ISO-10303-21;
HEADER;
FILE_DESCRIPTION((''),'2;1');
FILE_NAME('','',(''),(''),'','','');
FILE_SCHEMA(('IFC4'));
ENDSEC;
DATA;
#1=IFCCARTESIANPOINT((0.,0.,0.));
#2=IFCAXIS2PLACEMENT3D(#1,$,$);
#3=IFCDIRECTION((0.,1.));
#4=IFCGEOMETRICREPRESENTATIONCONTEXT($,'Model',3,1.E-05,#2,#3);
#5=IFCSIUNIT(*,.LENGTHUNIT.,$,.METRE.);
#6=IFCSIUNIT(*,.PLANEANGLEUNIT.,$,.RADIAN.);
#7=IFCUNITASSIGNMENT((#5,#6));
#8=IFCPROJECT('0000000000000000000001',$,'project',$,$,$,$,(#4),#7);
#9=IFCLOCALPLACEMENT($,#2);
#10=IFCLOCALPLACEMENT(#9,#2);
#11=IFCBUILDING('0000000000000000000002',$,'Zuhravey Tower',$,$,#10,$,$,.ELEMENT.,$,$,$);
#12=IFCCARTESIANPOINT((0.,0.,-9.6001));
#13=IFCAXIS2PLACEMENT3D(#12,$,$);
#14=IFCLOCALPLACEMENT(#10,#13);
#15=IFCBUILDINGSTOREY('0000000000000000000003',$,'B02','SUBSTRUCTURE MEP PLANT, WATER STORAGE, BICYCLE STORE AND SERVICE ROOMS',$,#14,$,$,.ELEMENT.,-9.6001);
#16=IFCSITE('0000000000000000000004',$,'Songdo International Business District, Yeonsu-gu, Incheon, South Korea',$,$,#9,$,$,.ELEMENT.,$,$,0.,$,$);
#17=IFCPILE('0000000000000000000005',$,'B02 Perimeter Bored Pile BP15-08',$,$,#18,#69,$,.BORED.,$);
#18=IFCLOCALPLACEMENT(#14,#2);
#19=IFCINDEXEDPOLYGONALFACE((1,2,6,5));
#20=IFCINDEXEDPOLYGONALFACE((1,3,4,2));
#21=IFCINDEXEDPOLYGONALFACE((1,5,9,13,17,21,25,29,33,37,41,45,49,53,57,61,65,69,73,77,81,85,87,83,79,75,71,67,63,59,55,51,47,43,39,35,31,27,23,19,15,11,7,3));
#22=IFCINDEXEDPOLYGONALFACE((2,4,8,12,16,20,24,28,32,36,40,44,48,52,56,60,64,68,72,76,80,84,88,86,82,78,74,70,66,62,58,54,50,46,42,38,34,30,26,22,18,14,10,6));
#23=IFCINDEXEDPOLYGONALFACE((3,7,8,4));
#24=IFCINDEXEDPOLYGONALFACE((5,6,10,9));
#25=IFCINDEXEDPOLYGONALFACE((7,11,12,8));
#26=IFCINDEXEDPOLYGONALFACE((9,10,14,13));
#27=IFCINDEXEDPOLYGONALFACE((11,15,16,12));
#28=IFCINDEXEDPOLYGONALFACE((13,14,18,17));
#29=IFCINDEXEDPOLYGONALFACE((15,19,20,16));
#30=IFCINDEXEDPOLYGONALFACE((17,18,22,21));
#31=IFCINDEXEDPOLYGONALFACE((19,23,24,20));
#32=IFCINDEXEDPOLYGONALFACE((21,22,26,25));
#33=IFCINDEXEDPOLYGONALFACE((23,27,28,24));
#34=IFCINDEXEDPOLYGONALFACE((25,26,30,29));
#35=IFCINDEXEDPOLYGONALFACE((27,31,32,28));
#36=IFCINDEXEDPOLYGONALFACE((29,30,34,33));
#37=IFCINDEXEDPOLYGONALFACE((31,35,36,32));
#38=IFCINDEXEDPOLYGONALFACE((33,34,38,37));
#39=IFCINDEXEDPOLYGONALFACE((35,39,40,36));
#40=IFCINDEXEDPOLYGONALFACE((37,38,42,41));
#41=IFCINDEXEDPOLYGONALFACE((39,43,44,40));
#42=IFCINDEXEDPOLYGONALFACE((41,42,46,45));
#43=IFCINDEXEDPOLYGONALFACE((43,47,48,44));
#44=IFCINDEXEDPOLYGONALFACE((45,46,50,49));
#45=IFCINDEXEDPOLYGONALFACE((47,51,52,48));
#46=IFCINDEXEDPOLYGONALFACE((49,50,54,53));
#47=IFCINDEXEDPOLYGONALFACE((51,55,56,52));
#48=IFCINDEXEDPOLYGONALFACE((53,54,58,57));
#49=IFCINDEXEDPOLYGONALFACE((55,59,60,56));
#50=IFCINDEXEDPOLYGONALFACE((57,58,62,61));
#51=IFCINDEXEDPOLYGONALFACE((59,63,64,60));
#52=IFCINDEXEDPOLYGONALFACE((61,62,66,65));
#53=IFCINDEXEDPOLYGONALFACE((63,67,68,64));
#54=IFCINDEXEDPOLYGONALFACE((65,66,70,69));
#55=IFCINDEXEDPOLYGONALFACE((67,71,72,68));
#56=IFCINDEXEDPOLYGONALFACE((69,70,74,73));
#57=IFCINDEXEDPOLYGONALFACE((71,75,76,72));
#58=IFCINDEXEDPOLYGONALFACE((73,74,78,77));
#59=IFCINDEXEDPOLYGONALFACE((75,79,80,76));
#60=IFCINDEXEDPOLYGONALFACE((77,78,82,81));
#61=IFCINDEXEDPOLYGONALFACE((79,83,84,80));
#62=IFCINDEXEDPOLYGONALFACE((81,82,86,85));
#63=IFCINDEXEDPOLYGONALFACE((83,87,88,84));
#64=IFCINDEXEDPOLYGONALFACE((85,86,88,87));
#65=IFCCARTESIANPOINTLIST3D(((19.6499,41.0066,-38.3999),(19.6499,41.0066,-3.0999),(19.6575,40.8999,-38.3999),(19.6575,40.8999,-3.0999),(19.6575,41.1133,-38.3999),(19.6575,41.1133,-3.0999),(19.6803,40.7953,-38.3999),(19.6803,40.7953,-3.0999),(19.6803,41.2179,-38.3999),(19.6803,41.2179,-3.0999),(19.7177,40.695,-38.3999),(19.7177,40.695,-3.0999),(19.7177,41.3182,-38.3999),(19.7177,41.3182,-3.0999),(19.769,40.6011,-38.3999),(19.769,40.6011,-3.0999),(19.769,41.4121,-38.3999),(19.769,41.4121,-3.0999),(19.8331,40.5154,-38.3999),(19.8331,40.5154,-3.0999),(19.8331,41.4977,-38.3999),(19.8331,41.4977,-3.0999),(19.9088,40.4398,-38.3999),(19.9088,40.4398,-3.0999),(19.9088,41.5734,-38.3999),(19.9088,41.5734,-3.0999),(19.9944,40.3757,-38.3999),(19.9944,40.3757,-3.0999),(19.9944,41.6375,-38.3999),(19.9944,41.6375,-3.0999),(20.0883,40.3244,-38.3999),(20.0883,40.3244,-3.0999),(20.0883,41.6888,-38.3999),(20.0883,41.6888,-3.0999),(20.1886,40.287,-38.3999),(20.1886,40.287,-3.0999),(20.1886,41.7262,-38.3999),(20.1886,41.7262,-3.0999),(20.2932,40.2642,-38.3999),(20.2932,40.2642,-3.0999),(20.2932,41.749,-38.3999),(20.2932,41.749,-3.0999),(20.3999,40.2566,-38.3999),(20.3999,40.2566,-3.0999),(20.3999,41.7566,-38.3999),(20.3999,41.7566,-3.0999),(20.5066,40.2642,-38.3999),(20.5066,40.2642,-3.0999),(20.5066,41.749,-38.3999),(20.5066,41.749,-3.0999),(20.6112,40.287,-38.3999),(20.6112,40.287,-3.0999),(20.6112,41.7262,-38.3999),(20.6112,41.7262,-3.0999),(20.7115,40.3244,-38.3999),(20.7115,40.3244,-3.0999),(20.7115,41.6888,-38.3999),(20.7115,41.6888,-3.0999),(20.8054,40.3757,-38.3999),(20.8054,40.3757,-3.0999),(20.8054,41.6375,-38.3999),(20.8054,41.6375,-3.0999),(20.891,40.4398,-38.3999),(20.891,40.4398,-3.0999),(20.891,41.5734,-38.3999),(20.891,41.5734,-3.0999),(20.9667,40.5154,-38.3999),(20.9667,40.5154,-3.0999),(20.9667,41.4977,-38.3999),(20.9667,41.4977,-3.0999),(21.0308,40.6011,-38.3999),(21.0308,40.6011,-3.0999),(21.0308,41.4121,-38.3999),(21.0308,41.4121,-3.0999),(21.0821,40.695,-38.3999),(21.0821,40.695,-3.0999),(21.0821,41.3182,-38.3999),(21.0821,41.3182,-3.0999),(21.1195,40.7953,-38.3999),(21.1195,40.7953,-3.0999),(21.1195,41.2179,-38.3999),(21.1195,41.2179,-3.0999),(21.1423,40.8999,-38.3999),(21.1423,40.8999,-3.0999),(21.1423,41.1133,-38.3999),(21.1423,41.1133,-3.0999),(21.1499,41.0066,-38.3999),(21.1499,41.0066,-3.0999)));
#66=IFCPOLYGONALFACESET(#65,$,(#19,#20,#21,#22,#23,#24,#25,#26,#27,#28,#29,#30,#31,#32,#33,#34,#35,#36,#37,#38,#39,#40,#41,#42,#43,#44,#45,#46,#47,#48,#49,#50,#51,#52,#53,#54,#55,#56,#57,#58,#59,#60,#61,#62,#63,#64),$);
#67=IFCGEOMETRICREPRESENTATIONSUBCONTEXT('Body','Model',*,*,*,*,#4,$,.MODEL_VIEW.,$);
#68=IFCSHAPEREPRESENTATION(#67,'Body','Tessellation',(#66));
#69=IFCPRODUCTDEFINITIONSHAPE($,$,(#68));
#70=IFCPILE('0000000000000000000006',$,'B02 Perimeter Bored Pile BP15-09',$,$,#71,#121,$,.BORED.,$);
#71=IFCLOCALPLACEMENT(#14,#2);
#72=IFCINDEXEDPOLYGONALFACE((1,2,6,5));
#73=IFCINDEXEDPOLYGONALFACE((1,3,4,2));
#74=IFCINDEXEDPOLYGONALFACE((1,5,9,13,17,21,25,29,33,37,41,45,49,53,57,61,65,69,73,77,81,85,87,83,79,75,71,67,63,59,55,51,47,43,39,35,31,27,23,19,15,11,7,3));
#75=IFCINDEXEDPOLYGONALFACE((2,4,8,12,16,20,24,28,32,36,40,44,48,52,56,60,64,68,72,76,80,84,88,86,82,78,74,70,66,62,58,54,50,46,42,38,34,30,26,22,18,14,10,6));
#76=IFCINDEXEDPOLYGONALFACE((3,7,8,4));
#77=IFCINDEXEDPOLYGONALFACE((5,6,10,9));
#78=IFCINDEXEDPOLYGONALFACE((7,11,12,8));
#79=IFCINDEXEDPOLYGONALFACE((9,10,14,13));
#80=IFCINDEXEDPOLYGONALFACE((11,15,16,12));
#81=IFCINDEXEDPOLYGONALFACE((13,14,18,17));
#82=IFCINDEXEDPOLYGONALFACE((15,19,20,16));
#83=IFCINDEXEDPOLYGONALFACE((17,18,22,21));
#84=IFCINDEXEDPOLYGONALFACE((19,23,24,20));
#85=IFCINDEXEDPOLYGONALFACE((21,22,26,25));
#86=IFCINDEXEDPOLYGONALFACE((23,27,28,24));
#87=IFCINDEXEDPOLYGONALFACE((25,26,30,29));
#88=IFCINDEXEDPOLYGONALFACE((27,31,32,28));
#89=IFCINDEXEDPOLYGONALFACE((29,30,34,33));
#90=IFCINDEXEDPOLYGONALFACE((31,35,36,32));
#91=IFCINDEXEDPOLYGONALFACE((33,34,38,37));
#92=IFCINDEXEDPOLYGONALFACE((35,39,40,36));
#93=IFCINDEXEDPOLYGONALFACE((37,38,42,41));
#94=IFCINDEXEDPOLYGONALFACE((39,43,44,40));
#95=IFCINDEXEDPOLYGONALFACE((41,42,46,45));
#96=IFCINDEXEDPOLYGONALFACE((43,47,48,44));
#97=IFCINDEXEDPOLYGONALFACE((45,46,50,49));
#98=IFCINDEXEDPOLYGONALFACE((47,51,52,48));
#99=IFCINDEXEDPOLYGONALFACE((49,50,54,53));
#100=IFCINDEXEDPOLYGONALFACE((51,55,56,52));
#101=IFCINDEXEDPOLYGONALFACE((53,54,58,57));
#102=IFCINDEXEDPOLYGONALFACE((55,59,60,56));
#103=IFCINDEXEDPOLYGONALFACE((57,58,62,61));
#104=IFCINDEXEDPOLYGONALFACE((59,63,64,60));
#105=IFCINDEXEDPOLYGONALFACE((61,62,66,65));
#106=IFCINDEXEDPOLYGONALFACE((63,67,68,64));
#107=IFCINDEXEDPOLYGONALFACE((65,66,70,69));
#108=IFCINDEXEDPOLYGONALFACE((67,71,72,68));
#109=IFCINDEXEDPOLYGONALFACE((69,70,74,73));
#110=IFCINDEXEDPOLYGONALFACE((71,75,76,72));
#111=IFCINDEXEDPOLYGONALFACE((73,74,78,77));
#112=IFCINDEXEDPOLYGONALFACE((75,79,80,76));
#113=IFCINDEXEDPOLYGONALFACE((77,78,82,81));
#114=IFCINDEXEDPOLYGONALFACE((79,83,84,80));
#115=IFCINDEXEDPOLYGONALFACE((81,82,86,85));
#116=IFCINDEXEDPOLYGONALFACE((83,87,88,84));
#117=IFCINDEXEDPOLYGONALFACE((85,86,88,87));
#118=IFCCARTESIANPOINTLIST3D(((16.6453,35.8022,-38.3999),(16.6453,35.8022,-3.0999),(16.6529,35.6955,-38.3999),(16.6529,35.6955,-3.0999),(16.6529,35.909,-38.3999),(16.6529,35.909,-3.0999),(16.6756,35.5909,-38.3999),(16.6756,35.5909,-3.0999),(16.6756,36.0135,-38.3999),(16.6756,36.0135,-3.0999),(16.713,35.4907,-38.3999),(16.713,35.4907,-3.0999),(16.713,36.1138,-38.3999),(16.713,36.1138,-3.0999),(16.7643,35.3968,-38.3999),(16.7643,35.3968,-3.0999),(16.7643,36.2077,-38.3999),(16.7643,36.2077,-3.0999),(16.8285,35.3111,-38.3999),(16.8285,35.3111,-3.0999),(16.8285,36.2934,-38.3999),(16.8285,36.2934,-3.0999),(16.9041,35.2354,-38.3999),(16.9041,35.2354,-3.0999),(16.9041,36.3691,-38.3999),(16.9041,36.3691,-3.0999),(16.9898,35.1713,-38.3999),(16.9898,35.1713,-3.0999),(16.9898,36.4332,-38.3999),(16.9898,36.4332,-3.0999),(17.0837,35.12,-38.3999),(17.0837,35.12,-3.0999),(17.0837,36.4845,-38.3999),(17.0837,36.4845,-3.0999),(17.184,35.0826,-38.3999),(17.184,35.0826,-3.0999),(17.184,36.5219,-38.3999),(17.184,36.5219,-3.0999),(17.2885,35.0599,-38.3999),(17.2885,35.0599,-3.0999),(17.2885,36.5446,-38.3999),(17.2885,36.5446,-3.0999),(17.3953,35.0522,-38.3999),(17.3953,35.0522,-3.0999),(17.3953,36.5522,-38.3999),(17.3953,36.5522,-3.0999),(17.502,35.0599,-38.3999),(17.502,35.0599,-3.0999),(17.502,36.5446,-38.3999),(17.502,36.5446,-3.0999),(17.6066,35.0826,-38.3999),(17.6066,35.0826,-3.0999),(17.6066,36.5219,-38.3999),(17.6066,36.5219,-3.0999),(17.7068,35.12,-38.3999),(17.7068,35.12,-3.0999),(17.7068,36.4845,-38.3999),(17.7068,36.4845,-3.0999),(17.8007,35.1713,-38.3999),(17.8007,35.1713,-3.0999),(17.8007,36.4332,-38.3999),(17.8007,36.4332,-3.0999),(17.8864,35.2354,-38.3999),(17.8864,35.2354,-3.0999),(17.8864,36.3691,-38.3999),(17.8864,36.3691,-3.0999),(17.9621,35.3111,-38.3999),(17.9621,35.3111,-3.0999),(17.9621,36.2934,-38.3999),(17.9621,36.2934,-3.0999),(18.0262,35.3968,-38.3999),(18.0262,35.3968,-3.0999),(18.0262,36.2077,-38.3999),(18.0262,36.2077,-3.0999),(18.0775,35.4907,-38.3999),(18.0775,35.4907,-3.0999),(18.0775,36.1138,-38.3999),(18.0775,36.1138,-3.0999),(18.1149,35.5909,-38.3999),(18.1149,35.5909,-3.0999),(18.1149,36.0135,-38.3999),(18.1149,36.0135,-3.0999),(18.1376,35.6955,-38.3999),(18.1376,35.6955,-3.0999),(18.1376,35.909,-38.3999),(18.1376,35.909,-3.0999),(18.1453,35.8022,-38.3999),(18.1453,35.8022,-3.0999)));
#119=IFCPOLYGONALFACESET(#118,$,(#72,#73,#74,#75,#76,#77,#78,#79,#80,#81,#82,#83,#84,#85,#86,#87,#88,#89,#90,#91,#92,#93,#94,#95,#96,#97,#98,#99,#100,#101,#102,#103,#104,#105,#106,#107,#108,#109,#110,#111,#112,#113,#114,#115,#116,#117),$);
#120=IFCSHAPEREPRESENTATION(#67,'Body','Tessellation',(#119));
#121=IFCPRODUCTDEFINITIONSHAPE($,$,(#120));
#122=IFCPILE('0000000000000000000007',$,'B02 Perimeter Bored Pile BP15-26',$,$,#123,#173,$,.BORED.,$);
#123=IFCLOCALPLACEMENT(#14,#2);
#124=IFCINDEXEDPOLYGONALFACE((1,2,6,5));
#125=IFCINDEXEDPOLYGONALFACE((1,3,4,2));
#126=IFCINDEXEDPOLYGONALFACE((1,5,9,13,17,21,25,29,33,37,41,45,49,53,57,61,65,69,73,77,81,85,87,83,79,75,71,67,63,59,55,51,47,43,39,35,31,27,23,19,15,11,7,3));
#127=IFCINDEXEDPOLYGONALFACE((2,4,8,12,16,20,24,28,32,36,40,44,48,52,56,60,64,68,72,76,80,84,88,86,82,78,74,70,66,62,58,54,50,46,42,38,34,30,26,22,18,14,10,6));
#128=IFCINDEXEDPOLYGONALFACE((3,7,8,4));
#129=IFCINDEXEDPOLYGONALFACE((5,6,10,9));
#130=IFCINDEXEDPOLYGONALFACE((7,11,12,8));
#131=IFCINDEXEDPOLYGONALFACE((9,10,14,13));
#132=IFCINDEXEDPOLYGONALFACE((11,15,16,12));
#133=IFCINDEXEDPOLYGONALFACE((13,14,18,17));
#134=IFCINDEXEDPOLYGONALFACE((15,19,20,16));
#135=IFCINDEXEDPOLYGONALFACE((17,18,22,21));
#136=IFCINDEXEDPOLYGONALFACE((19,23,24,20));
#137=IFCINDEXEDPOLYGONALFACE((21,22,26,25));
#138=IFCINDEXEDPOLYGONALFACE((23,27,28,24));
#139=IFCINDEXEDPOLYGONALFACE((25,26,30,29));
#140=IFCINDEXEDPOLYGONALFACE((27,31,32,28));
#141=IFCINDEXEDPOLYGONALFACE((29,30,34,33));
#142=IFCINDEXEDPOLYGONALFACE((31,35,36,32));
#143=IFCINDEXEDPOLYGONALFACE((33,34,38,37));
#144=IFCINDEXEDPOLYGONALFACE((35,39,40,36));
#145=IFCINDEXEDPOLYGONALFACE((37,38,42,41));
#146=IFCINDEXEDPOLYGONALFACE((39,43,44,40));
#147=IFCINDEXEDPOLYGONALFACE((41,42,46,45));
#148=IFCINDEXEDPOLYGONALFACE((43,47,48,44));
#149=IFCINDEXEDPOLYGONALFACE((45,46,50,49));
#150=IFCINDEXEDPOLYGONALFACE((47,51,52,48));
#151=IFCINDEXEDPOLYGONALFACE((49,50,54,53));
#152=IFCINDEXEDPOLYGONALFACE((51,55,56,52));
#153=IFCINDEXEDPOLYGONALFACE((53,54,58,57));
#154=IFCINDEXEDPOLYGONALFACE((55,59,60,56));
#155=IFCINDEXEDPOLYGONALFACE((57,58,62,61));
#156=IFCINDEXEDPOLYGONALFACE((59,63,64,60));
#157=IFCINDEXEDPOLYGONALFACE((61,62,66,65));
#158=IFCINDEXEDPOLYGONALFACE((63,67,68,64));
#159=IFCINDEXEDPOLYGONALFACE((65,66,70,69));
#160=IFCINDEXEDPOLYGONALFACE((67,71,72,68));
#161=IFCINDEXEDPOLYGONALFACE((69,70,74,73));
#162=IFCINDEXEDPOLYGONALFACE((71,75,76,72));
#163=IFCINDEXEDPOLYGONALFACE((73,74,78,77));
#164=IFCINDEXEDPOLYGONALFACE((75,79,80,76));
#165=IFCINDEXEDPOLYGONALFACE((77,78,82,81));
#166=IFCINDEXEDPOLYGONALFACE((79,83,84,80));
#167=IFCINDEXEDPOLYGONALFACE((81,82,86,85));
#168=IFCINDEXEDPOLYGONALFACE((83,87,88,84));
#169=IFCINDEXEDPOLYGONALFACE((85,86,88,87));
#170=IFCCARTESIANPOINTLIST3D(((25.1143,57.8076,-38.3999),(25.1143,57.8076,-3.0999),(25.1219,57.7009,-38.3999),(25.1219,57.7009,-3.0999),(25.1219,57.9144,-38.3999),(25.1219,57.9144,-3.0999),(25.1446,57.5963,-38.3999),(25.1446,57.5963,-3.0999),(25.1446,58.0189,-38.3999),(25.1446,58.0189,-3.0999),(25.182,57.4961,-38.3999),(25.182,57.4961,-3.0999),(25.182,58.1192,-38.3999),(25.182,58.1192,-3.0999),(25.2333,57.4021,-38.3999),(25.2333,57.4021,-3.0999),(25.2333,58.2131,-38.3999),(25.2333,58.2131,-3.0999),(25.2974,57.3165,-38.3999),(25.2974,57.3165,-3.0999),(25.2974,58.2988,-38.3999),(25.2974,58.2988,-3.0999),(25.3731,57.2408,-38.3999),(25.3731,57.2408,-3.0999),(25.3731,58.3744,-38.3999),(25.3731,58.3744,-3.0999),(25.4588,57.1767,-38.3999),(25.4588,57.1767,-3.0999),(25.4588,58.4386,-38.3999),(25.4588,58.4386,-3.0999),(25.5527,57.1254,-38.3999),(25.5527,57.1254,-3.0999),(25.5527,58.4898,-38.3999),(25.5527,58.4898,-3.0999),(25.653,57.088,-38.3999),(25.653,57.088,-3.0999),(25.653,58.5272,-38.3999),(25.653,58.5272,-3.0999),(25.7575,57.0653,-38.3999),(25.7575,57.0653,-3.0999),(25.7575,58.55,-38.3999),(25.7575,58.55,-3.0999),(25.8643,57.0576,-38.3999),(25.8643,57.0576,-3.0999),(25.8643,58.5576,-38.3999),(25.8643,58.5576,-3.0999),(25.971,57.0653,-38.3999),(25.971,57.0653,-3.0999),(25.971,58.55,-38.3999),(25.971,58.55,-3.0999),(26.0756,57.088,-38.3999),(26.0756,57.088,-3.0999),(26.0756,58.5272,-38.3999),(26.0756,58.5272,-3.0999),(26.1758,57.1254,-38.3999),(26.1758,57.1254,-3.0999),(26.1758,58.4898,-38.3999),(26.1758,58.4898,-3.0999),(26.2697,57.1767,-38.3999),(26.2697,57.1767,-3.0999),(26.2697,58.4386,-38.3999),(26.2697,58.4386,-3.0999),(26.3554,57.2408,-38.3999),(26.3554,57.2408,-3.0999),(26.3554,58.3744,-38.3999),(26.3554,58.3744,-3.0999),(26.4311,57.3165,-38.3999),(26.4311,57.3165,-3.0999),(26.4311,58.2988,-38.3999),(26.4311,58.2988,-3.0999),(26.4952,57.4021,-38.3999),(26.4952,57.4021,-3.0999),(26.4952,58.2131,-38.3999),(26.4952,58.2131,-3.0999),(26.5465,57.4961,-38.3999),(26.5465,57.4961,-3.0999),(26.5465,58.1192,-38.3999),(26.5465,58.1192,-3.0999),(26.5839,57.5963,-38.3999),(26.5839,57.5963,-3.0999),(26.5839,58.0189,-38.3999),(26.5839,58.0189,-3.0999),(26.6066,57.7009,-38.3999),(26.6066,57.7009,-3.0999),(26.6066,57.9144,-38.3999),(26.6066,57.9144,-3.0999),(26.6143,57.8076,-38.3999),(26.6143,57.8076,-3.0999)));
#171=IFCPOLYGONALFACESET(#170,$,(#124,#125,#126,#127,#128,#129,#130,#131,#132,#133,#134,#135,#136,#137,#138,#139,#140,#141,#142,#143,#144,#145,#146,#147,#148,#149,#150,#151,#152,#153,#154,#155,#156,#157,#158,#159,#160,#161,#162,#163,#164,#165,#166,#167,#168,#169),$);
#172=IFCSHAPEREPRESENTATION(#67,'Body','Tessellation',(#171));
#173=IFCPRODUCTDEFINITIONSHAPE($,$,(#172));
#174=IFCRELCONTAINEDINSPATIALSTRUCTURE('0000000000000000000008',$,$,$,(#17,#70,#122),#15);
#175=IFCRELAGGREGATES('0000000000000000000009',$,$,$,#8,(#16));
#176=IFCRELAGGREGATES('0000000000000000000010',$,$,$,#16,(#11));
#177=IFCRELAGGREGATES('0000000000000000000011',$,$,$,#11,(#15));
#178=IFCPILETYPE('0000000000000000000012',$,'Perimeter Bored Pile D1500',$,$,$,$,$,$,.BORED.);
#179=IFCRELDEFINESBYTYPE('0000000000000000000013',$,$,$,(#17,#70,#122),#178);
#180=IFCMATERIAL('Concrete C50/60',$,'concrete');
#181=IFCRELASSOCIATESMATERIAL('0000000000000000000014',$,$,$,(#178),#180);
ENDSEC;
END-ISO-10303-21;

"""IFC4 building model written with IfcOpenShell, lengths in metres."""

from ifc_helpers import new_model, si_unit, direction, frame, origin, origin_2d, place, context, subcontext, project, spatial, circle, extrude, material, material_profile, profile_set, type_object, element, save


model = new_model("IFC4")

# Units and contexts
model_context = context("Model", 3, precision=1e-05, world=origin(), true_north=direction((0.0, 1.0)))
body_context = subcontext(model_context, "Body", "Model", "MODEL_VIEW")
ifc_project = project(units=[si_unit("LENGTHUNIT", "METRE"), si_unit("PLANEANGLEUNIT", "RADIAN")], contexts=[model_context])

# Site, building, storey
site_placement = place(None, origin())
site = spatial("IfcSite", under=ifc_project, at=site_placement, Name="Songdo International Business District, Yeonsu-gu, Incheon, South Korea", CompositionType="ELEMENT", RefElevation=0.0)
building_placement = place(site_placement, origin())
building = spatial("IfcBuilding", under=site, at=building_placement, Name="Zuhravey Tower", CompositionType="ELEMENT")
storey_placement = place(building_placement, frame((0.0, 0.0, -9.6001)))
storey = spatial("IfcBuildingStorey", under=building, at=storey_placement, Name="B02", Description="SUBSTRUCTURE MEP PLANT, WATER STORAGE, BICYCLE STORE AND SERVICE ROOMS", CompositionType="ELEMENT", Elevation=-9.6001)

# Piles
ifc_material_1 = material(Name="Concrete C50/60", Category="concrete")
ifc_material_profile_1 = material_profile(ifc_material_1, circle(Radius=0.75, at=origin_2d()), Name="PILE-D1500")
ifc_profile_set_1 = profile_set([ifc_material_profile_1], Name="Concrete C50/60")
pile_type_1 = type_object("IfcPileType", Name="Perimeter Bored Pile D1500", PredefinedType="BORED", material=ifc_profile_set_1)
for number, where, z_axis, x_axis, name in (
    (1, (20.3999, 41.0066, -3.0999), (0.0, 0.0, -1.0), (1.0, 0.0, 0.0), "B02 Perimeter Bored Pile BP15-08"),
    (2, (17.3953, 35.8022, -3.0999), (0.0, 0.0, -1.0), (1.0, 0.0, 0.0), "B02 Perimeter Bored Pile BP15-09"),
    (3, (25.8643, 57.8076, -3.0999), (0.0, 0.0, -1.0), (1.0, 0.0, 0.0), "B02 Perimeter Bored Pile BP15-26"),
):
    element("IfcPile", number, at=place(storey_placement, frame(where, z_axis=z_axis, x_axis=x_axis)), inside=storey, type_object=pile_type_1, Name=name, PredefinedType="BORED", context=body_context, shape_type="SweptSolid", body=[
        extrude(circle(Radius=0.75, at=origin_2d()), origin(), (0.0, 0.0, 1.0), 35.3),
    ])

save(model, "model.ifc")
